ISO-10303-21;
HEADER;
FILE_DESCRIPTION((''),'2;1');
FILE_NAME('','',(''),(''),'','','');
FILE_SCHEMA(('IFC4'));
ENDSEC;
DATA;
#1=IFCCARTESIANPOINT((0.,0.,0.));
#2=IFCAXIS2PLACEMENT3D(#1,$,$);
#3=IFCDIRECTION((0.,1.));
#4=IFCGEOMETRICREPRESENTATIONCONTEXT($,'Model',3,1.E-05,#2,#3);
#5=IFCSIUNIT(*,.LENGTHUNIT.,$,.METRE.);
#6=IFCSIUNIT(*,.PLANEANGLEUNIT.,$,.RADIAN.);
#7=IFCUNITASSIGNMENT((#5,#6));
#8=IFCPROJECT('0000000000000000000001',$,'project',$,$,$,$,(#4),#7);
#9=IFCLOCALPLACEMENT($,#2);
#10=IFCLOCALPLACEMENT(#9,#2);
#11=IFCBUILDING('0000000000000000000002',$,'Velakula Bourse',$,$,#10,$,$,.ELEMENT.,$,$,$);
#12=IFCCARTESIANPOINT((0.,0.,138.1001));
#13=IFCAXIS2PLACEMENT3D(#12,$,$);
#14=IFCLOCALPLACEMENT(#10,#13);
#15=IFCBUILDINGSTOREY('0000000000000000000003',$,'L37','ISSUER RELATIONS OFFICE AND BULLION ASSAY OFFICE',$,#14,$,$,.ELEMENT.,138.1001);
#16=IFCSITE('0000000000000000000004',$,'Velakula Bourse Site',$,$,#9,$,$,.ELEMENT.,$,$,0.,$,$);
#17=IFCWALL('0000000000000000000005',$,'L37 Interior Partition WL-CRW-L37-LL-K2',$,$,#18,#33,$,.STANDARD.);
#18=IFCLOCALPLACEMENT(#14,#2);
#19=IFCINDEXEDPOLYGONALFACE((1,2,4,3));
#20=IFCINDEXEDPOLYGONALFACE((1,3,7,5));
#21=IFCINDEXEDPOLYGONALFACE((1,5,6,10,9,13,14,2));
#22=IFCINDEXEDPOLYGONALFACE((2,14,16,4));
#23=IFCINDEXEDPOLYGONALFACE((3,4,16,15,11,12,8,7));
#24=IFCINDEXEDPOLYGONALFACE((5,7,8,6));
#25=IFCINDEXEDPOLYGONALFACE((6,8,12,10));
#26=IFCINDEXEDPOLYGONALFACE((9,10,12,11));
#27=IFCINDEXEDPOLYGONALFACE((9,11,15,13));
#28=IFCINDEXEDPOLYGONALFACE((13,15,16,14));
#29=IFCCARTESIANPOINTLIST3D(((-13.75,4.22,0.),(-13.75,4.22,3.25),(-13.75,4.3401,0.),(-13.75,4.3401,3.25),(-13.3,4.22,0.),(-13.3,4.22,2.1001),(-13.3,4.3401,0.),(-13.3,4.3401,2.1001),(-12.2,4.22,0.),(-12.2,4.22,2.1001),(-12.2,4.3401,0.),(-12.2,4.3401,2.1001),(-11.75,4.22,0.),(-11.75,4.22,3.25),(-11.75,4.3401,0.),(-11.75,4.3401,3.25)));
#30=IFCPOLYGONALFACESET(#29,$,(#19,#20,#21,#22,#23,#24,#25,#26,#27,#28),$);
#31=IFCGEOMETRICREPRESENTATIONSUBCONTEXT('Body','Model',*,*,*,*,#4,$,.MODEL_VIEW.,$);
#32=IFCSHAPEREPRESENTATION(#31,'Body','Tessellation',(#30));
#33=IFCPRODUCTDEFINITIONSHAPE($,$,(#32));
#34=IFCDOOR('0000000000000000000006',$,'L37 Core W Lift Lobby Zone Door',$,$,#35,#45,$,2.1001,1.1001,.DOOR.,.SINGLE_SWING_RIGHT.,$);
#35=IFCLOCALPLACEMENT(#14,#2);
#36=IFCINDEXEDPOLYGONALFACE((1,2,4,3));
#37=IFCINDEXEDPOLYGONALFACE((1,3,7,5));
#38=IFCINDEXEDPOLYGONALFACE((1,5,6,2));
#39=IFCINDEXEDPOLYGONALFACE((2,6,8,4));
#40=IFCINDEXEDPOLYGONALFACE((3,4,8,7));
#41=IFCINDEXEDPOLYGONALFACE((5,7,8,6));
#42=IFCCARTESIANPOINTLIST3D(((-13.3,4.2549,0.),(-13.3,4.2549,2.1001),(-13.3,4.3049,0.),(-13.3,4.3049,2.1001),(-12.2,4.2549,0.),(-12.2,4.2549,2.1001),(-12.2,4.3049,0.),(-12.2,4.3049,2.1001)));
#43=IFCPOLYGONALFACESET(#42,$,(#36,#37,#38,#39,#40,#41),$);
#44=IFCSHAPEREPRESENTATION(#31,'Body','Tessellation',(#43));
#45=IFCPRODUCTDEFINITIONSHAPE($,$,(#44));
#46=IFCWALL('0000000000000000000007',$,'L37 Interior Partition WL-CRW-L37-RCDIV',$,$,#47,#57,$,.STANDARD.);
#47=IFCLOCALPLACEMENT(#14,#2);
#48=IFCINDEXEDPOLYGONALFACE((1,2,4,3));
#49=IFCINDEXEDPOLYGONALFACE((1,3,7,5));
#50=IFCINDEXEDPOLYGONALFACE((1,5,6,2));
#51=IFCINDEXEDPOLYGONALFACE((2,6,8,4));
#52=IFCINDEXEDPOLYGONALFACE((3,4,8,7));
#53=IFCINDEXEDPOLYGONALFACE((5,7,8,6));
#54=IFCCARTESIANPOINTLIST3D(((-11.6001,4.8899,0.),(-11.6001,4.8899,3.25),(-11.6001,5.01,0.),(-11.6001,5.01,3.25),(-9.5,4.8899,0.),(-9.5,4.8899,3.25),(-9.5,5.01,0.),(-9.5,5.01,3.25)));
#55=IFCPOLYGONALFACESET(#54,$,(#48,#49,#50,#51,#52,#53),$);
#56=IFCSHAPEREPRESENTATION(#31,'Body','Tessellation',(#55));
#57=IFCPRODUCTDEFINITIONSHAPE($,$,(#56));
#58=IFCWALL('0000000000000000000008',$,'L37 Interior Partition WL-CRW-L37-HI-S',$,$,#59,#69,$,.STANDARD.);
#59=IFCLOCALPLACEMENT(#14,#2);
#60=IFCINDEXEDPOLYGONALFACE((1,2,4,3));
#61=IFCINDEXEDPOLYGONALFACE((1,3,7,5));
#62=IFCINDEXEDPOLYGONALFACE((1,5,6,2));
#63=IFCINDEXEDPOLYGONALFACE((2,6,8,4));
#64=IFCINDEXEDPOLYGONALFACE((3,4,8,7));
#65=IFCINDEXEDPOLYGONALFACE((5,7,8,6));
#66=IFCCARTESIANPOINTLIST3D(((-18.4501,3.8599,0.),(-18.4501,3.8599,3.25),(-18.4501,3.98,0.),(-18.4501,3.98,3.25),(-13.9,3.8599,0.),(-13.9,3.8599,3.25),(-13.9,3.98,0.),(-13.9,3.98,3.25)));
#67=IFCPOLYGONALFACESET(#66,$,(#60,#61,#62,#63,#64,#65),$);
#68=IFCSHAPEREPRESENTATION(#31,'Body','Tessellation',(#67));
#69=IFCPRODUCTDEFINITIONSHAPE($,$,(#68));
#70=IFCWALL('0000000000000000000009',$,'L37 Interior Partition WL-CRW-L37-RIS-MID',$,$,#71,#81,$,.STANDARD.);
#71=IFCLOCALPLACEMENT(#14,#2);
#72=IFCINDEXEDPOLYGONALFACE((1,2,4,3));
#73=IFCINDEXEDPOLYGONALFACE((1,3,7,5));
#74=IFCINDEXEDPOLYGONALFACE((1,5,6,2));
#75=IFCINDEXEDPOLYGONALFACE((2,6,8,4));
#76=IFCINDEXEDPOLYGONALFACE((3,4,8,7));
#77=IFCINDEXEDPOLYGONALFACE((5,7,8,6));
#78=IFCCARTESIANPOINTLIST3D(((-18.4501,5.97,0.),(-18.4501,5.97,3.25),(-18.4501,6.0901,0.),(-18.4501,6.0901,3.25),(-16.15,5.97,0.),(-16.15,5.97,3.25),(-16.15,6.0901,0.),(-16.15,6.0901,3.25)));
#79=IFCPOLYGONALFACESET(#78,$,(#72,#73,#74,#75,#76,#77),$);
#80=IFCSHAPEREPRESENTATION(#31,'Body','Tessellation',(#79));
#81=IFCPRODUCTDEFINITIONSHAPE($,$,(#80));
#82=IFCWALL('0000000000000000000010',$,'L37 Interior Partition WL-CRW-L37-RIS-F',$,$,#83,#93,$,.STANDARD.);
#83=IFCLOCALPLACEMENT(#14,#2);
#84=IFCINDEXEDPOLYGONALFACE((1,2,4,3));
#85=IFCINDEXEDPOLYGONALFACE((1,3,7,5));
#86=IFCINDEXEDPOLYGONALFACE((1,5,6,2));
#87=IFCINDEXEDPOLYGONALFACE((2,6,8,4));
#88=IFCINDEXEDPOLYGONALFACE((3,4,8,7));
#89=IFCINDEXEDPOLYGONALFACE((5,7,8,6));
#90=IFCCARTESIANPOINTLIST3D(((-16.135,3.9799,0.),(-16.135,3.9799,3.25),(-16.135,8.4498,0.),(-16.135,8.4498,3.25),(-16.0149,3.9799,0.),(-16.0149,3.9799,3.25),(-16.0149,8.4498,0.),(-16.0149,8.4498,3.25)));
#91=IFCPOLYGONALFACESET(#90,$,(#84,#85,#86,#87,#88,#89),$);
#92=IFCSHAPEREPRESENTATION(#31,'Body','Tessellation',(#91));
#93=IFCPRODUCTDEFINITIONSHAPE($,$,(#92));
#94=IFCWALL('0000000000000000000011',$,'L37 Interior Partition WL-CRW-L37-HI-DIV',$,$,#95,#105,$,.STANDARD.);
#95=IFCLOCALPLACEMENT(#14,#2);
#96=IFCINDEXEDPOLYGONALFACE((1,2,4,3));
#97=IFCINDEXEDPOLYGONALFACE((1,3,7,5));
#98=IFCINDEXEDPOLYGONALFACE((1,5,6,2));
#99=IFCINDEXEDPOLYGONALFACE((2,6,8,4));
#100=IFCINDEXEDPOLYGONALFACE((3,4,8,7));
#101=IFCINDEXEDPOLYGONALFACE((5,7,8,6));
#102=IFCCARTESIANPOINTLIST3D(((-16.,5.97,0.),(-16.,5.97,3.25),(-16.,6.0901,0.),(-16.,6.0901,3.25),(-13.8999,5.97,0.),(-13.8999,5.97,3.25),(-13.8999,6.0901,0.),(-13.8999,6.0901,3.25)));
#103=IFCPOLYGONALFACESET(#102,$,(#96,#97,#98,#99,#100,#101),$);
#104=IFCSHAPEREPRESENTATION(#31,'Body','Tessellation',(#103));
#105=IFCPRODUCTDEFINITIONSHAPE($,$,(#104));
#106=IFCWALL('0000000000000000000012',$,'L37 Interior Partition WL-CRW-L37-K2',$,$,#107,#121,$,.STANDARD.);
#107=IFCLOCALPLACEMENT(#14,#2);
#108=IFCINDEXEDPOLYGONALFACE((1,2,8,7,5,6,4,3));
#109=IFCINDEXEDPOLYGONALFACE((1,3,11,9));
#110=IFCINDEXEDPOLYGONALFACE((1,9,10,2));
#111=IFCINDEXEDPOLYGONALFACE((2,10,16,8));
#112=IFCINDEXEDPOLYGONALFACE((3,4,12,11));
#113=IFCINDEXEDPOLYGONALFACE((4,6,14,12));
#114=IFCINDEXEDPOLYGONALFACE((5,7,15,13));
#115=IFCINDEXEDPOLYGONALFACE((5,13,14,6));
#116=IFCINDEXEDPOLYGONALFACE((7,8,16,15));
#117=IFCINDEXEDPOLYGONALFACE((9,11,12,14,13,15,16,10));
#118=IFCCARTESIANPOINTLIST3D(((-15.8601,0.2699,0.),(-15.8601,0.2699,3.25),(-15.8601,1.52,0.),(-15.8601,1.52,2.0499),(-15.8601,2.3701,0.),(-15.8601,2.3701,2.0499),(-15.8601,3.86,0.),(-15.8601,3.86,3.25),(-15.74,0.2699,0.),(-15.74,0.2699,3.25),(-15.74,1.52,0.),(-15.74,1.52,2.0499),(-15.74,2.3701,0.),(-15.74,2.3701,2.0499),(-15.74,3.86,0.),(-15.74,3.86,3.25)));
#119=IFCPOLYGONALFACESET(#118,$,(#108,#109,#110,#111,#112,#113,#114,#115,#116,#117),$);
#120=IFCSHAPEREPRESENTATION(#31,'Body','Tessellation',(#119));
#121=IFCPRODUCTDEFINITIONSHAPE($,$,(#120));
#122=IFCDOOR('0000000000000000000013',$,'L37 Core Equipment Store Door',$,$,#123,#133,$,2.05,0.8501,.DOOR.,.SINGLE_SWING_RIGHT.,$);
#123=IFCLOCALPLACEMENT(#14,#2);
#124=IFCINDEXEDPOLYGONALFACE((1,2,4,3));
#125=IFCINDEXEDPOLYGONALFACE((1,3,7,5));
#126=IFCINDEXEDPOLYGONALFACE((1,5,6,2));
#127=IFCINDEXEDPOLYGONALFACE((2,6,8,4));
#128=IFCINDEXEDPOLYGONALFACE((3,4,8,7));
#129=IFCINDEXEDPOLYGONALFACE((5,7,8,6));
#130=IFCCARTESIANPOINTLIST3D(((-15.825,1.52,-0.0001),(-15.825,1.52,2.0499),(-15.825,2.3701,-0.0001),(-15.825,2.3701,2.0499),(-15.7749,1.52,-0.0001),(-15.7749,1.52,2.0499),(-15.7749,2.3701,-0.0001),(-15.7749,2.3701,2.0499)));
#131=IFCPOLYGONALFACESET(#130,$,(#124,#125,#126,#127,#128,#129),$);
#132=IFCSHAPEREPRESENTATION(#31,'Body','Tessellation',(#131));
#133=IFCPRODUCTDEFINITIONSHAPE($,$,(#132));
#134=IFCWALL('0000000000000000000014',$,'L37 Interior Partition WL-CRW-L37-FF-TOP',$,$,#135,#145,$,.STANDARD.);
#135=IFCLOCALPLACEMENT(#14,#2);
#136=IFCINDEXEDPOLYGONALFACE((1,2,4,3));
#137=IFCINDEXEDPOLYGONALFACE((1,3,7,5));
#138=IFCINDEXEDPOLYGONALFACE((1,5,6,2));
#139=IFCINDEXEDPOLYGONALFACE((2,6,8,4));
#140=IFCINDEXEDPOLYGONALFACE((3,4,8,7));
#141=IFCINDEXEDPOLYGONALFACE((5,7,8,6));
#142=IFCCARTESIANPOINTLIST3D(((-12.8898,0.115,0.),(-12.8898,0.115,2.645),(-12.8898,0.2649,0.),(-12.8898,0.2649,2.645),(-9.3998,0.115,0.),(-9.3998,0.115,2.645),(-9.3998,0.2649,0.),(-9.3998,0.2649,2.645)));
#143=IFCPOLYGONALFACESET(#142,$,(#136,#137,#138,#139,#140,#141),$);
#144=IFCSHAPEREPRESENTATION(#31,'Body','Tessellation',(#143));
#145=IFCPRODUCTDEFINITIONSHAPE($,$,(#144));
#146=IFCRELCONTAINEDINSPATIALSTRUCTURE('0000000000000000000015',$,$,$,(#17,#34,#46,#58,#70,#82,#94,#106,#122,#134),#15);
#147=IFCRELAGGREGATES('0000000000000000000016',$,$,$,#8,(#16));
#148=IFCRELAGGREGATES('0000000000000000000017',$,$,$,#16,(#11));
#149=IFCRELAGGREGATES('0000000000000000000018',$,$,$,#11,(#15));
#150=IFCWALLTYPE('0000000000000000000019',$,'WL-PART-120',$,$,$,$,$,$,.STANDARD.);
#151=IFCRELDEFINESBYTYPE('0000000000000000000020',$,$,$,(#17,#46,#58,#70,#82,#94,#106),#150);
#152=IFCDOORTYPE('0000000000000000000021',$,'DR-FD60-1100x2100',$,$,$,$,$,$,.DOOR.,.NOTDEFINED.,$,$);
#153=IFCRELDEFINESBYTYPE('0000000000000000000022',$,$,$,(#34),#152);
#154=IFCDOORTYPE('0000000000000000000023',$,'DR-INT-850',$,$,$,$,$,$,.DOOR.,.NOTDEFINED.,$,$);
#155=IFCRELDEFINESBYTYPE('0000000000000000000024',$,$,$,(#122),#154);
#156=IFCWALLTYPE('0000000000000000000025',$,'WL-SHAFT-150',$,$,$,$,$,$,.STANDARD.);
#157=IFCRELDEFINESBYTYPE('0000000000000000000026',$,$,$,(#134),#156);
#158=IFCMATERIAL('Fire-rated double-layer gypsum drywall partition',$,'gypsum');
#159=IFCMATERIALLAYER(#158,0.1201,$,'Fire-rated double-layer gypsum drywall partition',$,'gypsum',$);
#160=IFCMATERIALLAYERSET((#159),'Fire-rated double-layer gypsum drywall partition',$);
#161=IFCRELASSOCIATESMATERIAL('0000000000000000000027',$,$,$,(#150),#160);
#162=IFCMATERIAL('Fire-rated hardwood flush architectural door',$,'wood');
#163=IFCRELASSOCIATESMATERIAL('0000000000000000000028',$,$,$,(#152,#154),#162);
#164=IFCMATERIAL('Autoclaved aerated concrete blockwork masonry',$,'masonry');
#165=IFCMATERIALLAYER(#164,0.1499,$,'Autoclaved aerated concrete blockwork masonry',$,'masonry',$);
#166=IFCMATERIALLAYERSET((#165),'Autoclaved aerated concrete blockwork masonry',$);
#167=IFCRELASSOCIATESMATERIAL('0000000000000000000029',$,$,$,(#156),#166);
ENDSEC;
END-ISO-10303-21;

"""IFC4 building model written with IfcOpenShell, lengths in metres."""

from ifc_helpers import new_model, si_unit, direction, frame, frame_2d, origin, place, context, subcontext, project, spatial, rectangle, extrude, material, layer, layer_set, type_object, element, fill, save


model = new_model("IFC4")

# Units and contexts
model_context = context("Model", 3, precision=1e-05, world=origin(), true_north=direction((0.0, 1.0)))
body_context = subcontext(model_context, "Body", "Model", "MODEL_VIEW")
ifc_project = project(units=[si_unit("LENGTHUNIT", "METRE"), si_unit("PLANEANGLEUNIT", "RADIAN")], contexts=[model_context])

# Site, building, storey
site_placement = place(None, origin())
site = spatial("IfcSite", under=ifc_project, at=site_placement, Name="Velakula Bourse Site", CompositionType="ELEMENT", RefElevation=0.0)
building_placement = place(site_placement, origin())
building = spatial("IfcBuilding", under=site, at=building_placement, Name="Velakula Bourse", CompositionType="ELEMENT")
storey_placement = place(building_placement, frame((0.0, 0.0, 138.1001)))
storey = spatial("IfcBuildingStorey", under=building, at=storey_placement, Name="L37", Description="ISSUER RELATIONS OFFICE AND BULLION ASSAY OFFICE", CompositionType="ELEMENT", Elevation=138.1001)

# Wall, opening, door
ifc_material_1 = material(Name="Fire-rated double-layer gypsum drywall partition", Category="gypsum")
ifc_layer_1 = layer(ifc_material_1, 0.1201, Name="Fire-rated double-layer gypsum drywall partition", Category="gypsum")
ifc_layer_set_1 = layer_set([ifc_layer_1], Name="Fire-rated double-layer gypsum drywall partition")
wall_type_1 = type_object("IfcWallType", Name="WL-PART-120", PredefinedType="STANDARD", material=ifc_layer_set_1)
wall_1_placement = place(storey_placement, frame((-13.75, 4.28, 0.0), z_axis=(0.0, 0.0, 1.0), x_axis=(1.0, 0.0, 0.0)))
wall_1 = element("IfcWall", 1, at=wall_1_placement, inside=storey, type_object=wall_type_1, Name="L37 Interior Partition WL-CRW-L37-LL-K2", PredefinedType="STANDARD", context=body_context, shape_type="SweptSolid", body=[
    extrude(rectangle(XDim=2.0, YDim=0.1201, at=frame_2d((1.0, 0.0))), origin(), (0.0, 0.0, 1.0), 3.25),
])
opening_1_placement = place(wall_1_placement, frame((0.45, 0.0, 0.0)))
opening_1 = element("IfcOpeningElement", 2, at=opening_1_placement, cuts=wall_1, PredefinedType="OPENING", context=body_context, shape_type="SweptSolid", body=[
    extrude(rectangle(XDim=1.1001, YDim=2.1001, at=frame_2d((0.55, 1.05))), frame((0.0, 0.0701, 0.0), z_axis=(0.0, -1.0, 0.0), x_axis=(1.0, 0.0, 0.0)), (0.0, 0.0, 1.0), 0.1401),
])
ifc_material_2 = material(Name="Fire-rated hardwood flush architectural door", Category="wood")
door_type_1 = type_object("IfcDoorType", Name="DR-FD60-1100x2100", OperationType="NOTDEFINED", PredefinedType="DOOR", material=ifc_material_2)
door_1_placement = place(opening_1_placement, origin())
door_1 = element("IfcDoor", 3, at=door_1_placement, inside=storey, type_object=door_type_1, Name="L37 Core W Lift Lobby Zone Door", OperationType="SINGLE_SWING_RIGHT", OverallHeight=2.1001, OverallWidth=1.1001, PredefinedType="DOOR", context=body_context, shape_type="SweptSolid", body=[
    extrude(rectangle(XDim=1.1001, YDim=2.1001, at=frame_2d((0.55, 1.05))), frame((0.0, 0.0249, 0.0), z_axis=(0.0, -1.0, 0.0), x_axis=(1.0, 0.0, 0.0)), (0.0, 0.0, 1.0), 0.05),
])
fill(opening_1, door_1)

# Walls
wall_2_placement = place(storey_placement, frame((-11.6001, 4.95, 0.0), z_axis=(0.0, 0.0, 1.0), x_axis=(1.0, 0.0, 0.0)))
element("IfcWall", 4, at=wall_2_placement, inside=storey, type_object=wall_type_1, Name="L37 Interior Partition WL-CRW-L37-RCDIV", PredefinedType="STANDARD", context=body_context, shape_type="SweptSolid", body=[
    extrude(rectangle(XDim=2.1001, YDim=0.1201, at=frame_2d((1.05, 0.0))), origin(), (0.0, 0.0, 1.0), 3.25),
])
wall_3_placement = place(storey_placement, frame((-18.45, 3.9199, 0.0), z_axis=(0.0, 0.0, 1.0), x_axis=(1.0, 0.0, 0.0)))
element("IfcWall", 5, at=wall_3_placement, inside=storey, type_object=wall_type_1, Name="L37 Interior Partition WL-CRW-L37-HI-S", PredefinedType="STANDARD", context=body_context, shape_type="SweptSolid", body=[
    extrude(rectangle(XDim=4.55, YDim=0.1201, at=frame_2d((2.2749, 0.0))), origin(), (0.0, 0.0, 1.0), 3.25),
])
wall_4_placement = place(storey_placement, frame((-18.45, 6.03, 0.0), z_axis=(0.0, 0.0, 1.0), x_axis=(1.0, 0.0, 0.0)))
element("IfcWall", 6, at=wall_4_placement, inside=storey, type_object=wall_type_1, Name="L37 Interior Partition WL-CRW-L37-RIS-MID", PredefinedType="STANDARD", context=body_context, shape_type="SweptSolid", body=[
    extrude(rectangle(XDim=2.3, YDim=0.1201, at=frame_2d((1.1499, 0.0))), origin(), (0.0, 0.0, 1.0), 3.25),
])
wall_5_placement = place(storey_placement, frame((-16.075, 3.98, 0.0), z_axis=(0.0, 0.0, 1.0), x_axis=(0.0, 1.0, 0.0)))
element("IfcWall", 7, at=wall_5_placement, inside=storey, type_object=wall_type_1, Name="L37 Interior Partition WL-CRW-L37-RIS-F", PredefinedType="STANDARD", context=body_context, shape_type="SweptSolid", body=[
    extrude(rectangle(XDim=4.47, YDim=0.1201, at=frame_2d((2.2349, 0.0))), origin(), (0.0, 0.0, 1.0), 3.25),
])
wall_6_placement = place(storey_placement, frame((-16.0, 6.03, 0.0), z_axis=(0.0, 0.0, 1.0), x_axis=(1.0, 0.0, 0.0)))
element("IfcWall", 8, at=wall_6_placement, inside=storey, type_object=wall_type_1, Name="L37 Interior Partition WL-CRW-L37-HI-DIV", PredefinedType="STANDARD", context=body_context, shape_type="SweptSolid", body=[
    extrude(rectangle(XDim=2.1001, YDim=0.1201, at=frame_2d((1.05, 0.0))), origin(), (0.0, 0.0, 1.0), 3.25),
])

# Wall, opening, door
wall_7_placement = place(storey_placement, frame((-15.8, 0.27, 0.0), z_axis=(0.0, 0.0, 1.0), x_axis=(0.0, 1.0, 0.0)))
wall_7 = element("IfcWall", 9, at=wall_7_placement, inside=storey, type_object=wall_type_1, Name="L37 Interior Partition WL-CRW-L37-K2", PredefinedType="STANDARD", context=body_context, shape_type="SweptSolid", body=[
    extrude(rectangle(XDim=3.5901, YDim=0.1201, at=frame_2d((1.7949, 0.0))), origin(), (0.0, 0.0, 1.0), 3.25),
])
opening_2_placement = place(wall_7_placement, frame((1.25, 0.0, 0.0)))
opening_2 = element("IfcOpeningElement", 10, at=opening_2_placement, cuts=wall_7, PredefinedType="OPENING", context=body_context, shape_type="SweptSolid", body=[
    extrude(rectangle(XDim=0.8501, YDim=2.05, at=frame_2d((0.425, 1.0249))), frame((0.0, 0.0701, 0.0), z_axis=(0.0, -1.0, 0.0), x_axis=(1.0, 0.0, 0.0)), (0.0, 0.0, 1.0), 0.1401),
])
door_type_2 = type_object("IfcDoorType", Name="DR-INT-850", OperationType="NOTDEFINED", PredefinedType="DOOR", material=ifc_material_2)
door_2_placement = place(opening_2_placement, origin())
door_2 = element("IfcDoor", 11, at=door_2_placement, inside=storey, type_object=door_type_2, Name="L37 Core Equipment Store Door", OperationType="SINGLE_SWING_RIGHT", OverallHeight=2.05, OverallWidth=0.8501, PredefinedType="DOOR", context=body_context, shape_type="SweptSolid", body=[
    extrude(rectangle(XDim=0.8501, YDim=2.05, at=frame_2d((0.425, 1.0249))), frame((0.0, 0.0249, 0.0), z_axis=(0.0, -1.0, 0.0), x_axis=(1.0, 0.0, 0.0)), (0.0, 0.0, 1.0), 0.05),
])
fill(opening_2, door_2)

# Wall
ifc_material_3 = material(Name="Autoclaved aerated concrete blockwork masonry", Category="masonry")
ifc_layer_2 = layer(ifc_material_3, 0.1499, Name="Autoclaved aerated concrete blockwork masonry", Category="masonry")
ifc_layer_set_2 = layer_set([ifc_layer_2], Name="Autoclaved aerated concrete blockwork masonry")
wall_type_2 = type_object("IfcWallType", Name="WL-SHAFT-150", PredefinedType="STANDARD", material=ifc_layer_set_2)
wall_8_placement = place(storey_placement, frame((-12.8899, 0.1899, 0.0), z_axis=(0.0, 0.0, 1.0), x_axis=(1.0, 0.0, 0.0)))
element("IfcWall", 12, at=wall_8_placement, inside=storey, type_object=wall_type_2, Name="L37 Interior Partition WL-CRW-L37-FF-TOP", PredefinedType="STANDARD", context=body_context, shape_type="SweptSolid", body=[
    extrude(rectangle(XDim=3.49, YDim=0.1499, at=frame_2d((1.7451, 0.0))), origin(), (0.0, 0.0, 1.0), 2.645),
])

save(model, "model.ifc")
